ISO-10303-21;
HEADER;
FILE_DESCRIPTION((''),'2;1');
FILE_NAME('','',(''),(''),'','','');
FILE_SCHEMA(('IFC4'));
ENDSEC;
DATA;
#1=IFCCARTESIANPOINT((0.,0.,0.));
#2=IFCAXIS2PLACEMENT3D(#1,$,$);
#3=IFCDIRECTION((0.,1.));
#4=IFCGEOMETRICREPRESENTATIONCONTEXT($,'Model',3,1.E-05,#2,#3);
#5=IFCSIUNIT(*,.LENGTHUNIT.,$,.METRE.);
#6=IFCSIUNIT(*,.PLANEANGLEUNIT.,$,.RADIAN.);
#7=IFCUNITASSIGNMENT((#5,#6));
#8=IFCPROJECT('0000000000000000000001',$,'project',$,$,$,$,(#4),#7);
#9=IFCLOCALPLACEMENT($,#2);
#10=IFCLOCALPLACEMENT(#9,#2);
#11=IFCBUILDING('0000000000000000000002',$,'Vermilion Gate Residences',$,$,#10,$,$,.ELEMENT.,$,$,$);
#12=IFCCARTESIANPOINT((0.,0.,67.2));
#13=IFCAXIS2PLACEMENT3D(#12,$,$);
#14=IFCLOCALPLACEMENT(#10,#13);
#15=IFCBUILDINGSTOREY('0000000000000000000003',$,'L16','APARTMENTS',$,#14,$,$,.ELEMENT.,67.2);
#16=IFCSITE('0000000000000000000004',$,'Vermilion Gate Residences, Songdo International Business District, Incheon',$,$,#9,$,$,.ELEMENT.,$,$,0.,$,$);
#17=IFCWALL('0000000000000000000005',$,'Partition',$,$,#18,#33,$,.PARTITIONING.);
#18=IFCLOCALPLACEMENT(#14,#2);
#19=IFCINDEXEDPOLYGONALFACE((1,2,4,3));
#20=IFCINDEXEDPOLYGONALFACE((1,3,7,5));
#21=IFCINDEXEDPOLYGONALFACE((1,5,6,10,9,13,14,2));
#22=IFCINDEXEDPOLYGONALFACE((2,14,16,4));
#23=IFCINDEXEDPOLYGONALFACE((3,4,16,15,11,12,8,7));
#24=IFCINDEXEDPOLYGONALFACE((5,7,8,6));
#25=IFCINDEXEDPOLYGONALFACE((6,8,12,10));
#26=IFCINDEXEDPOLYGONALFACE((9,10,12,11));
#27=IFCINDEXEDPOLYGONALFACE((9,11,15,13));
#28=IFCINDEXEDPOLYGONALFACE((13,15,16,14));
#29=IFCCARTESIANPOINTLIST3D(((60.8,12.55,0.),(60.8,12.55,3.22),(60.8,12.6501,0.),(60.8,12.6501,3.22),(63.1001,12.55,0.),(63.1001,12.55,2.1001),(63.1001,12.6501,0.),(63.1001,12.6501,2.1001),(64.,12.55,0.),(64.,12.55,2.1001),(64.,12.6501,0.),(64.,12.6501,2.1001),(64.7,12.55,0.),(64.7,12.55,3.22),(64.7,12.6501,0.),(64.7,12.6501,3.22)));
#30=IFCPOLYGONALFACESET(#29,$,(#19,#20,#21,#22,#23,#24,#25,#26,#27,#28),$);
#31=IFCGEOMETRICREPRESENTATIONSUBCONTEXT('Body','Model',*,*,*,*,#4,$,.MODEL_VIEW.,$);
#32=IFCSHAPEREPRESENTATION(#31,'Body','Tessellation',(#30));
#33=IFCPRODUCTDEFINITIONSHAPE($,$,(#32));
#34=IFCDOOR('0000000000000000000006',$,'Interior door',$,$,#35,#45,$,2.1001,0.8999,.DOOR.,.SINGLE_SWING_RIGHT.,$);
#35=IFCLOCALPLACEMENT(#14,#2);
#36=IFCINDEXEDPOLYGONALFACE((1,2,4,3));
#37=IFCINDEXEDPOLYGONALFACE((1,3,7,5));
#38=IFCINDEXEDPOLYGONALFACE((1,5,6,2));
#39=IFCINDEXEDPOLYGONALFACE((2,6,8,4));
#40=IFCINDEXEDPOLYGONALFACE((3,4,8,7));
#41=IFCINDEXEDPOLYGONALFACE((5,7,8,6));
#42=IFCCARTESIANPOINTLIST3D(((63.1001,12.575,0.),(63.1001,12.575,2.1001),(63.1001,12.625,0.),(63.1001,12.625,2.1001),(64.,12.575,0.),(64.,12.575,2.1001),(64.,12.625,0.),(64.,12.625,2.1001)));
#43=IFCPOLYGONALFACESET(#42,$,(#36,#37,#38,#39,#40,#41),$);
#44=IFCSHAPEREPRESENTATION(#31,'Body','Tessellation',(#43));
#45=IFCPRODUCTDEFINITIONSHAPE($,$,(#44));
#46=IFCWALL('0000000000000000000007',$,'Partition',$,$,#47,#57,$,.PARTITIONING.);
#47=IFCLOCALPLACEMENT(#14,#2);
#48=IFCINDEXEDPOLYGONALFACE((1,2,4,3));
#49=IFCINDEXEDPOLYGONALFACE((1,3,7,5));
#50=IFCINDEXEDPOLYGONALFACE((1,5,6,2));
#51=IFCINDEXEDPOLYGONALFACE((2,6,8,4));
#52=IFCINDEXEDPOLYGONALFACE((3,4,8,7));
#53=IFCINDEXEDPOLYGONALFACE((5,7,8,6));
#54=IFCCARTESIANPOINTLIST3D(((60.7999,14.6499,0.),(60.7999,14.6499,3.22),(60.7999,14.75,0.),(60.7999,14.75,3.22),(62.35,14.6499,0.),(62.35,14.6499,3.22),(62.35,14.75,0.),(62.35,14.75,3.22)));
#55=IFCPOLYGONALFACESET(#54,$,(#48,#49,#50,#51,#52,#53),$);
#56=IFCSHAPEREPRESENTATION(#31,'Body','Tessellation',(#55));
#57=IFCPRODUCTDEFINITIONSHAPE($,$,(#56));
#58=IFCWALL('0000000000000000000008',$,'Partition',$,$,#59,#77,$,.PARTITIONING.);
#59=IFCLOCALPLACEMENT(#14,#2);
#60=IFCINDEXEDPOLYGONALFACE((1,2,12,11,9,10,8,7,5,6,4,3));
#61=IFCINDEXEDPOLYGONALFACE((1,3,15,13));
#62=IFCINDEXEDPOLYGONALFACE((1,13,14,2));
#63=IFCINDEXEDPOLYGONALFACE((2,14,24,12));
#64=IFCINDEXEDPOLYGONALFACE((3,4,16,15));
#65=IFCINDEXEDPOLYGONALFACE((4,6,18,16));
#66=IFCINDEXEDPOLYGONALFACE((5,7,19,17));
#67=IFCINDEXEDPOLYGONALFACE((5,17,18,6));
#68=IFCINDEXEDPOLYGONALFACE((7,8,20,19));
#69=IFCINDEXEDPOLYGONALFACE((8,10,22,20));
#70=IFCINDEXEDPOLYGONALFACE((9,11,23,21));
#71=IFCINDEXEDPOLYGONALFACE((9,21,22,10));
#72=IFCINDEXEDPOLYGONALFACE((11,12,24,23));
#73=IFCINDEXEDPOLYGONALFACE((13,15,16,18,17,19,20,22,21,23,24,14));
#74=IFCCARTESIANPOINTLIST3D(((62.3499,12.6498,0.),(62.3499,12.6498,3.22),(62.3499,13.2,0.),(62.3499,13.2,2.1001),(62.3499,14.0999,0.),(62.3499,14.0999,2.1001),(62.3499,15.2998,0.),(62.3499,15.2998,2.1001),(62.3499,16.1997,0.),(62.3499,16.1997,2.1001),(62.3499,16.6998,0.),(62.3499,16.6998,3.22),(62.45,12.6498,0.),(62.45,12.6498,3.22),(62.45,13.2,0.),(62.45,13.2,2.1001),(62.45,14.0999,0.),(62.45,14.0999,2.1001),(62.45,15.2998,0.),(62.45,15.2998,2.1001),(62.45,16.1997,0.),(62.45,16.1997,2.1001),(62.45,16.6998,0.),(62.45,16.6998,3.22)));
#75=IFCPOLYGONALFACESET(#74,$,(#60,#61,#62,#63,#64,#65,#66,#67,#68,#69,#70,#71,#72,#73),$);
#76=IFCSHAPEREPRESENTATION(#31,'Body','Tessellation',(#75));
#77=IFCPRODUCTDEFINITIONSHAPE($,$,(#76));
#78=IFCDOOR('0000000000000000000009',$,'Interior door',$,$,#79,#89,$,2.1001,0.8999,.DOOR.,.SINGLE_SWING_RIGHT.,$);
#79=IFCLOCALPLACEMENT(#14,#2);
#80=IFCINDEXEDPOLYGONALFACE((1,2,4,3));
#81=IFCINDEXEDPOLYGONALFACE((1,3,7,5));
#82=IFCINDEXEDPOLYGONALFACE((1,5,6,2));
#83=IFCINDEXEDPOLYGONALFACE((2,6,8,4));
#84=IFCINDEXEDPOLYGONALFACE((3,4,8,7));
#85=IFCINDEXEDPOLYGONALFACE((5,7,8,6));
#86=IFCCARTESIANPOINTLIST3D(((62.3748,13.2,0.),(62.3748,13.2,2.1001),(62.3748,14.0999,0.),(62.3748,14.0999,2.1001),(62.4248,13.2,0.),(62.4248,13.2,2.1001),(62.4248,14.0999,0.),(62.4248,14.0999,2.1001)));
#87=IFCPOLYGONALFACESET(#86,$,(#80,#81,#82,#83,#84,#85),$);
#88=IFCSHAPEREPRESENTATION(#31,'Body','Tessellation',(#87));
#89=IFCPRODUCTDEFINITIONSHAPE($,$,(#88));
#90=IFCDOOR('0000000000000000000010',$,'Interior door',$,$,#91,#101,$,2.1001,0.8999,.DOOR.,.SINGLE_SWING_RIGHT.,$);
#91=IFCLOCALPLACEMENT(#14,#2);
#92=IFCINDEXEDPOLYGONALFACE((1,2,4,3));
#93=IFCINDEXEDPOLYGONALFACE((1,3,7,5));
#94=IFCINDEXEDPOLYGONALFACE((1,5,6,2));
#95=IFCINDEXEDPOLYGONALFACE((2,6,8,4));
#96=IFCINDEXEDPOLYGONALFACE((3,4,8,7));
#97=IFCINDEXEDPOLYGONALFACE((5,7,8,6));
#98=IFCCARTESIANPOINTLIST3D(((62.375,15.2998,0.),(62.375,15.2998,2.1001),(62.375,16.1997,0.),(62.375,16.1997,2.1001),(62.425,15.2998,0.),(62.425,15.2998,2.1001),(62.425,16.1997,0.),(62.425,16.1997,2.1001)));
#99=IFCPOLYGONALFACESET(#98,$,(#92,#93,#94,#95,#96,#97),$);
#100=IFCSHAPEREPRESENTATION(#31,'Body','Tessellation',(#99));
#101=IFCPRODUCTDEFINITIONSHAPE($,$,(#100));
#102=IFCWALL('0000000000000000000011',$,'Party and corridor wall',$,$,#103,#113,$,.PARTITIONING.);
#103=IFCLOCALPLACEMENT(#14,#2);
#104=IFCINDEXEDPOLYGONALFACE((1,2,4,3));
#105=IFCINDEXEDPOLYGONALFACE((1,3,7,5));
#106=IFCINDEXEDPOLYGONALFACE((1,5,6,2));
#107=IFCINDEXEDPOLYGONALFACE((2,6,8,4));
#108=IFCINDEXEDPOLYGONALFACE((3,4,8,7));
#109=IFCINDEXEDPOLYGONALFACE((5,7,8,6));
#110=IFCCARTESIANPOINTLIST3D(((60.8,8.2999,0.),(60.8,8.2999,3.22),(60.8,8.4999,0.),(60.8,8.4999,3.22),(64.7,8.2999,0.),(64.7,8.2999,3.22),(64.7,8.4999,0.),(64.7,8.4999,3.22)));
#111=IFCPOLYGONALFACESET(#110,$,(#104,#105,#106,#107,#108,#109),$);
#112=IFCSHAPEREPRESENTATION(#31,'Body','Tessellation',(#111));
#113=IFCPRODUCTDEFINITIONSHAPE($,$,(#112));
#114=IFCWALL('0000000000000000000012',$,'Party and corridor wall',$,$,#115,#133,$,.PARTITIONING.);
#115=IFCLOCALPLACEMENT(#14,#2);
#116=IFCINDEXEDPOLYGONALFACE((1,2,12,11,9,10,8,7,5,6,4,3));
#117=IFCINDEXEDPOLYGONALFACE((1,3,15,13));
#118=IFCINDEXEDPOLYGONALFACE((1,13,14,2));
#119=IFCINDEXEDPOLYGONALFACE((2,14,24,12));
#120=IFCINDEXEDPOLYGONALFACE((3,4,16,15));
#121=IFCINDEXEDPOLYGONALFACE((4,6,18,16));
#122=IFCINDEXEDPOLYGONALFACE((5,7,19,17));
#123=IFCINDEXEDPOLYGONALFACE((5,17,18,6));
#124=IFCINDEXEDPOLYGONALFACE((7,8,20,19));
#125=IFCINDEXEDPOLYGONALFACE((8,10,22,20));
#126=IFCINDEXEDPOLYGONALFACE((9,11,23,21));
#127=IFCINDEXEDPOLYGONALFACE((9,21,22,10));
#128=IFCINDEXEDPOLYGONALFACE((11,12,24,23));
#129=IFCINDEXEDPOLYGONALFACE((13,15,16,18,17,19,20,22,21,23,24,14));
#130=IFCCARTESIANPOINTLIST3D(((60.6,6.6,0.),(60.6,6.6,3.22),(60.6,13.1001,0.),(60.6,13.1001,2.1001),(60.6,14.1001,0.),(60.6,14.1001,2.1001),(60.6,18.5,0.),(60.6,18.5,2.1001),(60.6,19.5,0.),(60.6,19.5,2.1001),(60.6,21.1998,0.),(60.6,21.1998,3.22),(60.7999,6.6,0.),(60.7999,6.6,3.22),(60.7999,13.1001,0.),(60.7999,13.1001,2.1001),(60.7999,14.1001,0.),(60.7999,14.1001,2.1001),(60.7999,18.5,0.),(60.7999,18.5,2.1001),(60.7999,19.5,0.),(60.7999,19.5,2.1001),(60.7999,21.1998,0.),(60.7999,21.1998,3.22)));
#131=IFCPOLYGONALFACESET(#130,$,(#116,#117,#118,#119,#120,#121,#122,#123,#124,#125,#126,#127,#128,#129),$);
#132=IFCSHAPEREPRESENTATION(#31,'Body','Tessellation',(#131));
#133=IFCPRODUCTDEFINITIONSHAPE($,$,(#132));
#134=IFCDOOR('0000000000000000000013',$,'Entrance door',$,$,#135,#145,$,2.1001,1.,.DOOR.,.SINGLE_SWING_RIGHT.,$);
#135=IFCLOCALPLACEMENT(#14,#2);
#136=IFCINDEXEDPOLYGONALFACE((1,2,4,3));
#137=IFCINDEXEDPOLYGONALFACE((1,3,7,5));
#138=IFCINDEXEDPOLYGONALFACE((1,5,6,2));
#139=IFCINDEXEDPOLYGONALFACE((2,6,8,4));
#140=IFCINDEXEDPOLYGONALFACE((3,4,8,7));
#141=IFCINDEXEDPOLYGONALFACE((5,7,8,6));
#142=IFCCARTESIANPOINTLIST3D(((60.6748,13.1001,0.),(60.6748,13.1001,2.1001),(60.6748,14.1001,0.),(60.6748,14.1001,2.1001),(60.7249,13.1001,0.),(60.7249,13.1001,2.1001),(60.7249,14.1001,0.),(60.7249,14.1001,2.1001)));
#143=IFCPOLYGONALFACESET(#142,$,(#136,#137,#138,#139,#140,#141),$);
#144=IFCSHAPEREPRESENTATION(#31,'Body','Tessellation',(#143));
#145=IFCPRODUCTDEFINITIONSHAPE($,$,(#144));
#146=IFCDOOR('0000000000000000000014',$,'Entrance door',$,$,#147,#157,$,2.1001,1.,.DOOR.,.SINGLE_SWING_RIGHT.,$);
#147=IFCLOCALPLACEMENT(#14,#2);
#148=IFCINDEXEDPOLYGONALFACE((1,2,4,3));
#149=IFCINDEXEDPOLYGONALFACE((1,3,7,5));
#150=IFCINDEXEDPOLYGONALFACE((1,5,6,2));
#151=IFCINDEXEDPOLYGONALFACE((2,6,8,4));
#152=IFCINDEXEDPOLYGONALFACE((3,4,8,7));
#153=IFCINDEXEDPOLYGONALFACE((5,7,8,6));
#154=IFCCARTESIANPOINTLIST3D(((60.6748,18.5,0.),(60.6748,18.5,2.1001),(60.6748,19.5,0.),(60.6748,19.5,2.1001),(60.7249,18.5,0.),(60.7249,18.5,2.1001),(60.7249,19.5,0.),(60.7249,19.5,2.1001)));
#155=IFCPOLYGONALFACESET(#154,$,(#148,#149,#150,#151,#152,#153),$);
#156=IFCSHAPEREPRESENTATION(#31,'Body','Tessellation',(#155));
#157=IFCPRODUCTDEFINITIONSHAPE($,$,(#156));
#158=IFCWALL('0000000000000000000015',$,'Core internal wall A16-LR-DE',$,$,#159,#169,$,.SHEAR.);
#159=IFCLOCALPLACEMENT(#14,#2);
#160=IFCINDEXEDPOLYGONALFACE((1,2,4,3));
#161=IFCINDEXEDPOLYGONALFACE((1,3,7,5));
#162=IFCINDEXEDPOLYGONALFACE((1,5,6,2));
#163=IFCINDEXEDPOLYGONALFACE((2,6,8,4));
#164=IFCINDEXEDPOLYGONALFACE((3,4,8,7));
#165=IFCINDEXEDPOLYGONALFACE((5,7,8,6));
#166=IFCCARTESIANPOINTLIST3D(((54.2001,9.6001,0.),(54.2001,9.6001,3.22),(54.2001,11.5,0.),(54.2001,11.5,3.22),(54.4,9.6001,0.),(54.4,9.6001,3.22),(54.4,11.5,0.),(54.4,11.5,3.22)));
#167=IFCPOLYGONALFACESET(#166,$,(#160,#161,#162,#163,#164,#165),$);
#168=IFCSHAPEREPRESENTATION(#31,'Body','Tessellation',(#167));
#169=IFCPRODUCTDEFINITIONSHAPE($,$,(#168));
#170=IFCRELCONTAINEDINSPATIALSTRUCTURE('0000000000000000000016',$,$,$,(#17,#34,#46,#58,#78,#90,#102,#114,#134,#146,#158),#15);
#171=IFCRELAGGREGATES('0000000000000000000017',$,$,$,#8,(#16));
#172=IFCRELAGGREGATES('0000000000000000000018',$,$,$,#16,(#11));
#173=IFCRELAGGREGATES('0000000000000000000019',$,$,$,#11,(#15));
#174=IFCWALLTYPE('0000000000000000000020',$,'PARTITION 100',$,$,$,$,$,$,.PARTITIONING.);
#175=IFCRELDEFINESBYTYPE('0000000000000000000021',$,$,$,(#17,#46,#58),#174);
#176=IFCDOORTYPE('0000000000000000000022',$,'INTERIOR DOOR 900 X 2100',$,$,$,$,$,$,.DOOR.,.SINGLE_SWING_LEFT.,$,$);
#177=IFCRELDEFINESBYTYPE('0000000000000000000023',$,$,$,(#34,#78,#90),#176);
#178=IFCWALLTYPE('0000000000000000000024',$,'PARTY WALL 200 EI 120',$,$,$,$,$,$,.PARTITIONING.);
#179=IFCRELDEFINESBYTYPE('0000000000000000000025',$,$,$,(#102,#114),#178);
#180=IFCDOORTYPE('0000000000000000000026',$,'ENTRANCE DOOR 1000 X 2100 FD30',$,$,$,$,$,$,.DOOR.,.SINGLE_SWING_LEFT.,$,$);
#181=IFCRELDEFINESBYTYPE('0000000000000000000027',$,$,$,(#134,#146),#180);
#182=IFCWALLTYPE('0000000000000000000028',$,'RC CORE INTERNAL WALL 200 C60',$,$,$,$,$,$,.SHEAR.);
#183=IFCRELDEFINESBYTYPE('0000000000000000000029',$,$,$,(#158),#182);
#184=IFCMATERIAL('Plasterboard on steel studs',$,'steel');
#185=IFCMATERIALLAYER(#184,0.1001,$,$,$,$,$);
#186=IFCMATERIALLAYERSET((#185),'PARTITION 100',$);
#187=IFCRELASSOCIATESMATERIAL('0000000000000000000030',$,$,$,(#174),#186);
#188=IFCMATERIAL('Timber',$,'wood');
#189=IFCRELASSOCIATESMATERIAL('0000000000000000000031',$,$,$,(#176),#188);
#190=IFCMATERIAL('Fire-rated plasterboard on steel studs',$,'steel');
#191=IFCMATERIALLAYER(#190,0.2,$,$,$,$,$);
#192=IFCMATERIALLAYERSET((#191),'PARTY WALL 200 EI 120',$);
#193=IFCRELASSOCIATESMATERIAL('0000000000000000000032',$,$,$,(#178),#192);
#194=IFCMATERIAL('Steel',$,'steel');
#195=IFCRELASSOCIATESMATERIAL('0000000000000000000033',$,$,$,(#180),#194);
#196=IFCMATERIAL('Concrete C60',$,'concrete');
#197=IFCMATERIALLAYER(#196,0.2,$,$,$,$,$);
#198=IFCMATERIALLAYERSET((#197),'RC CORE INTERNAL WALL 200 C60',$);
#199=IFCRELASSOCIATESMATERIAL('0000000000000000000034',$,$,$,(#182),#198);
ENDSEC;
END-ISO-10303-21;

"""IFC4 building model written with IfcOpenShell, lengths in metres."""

from ifc_helpers import new_model, si_unit, direction, frame, frame_2d, origin, place, context, subcontext, project, spatial, rectangle, extrude, material, layer, layer_set, type_object, element, fill, save


model = new_model("IFC4")

# Units and contexts
model_context = context("Model", 3, precision=1e-05, world=origin(), true_north=direction((0.0, 1.0)))
body_context = subcontext(model_context, "Body", "Model", "MODEL_VIEW")
ifc_project = project(units=[si_unit("LENGTHUNIT", "METRE"), si_unit("PLANEANGLEUNIT", "RADIAN")], contexts=[model_context])

# Site, building, storey
site_placement = place(None, origin())
site = spatial("IfcSite", under=ifc_project, at=site_placement, Name="Vermilion Gate Residences, Songdo International Business District, Incheon", CompositionType="ELEMENT", RefElevation=0.0)
building_placement = place(site_placement, origin())
building = spatial("IfcBuilding", under=site, at=building_placement, Name="Vermilion Gate Residences", CompositionType="ELEMENT")
storey_placement = place(building_placement, frame((0.0, 0.0, 67.2)))
storey = spatial("IfcBuildingStorey", under=building, at=storey_placement, Name="L16", Description="APARTMENTS", CompositionType="ELEMENT", Elevation=67.2)

# Wall, opening, door
ifc_material_1 = material(Name="Plasterboard on steel studs", Category="steel")
ifc_layer_1 = layer(ifc_material_1, 0.1001)
ifc_layer_set_1 = layer_set([ifc_layer_1], Name="PARTITION 100")
wall_type_1 = type_object("IfcWallType", Name="PARTITION 100", PredefinedType="PARTITIONING", material=ifc_layer_set_1)
wall_1_placement = place(storey_placement, frame((60.8, 12.6001, 0.0), z_axis=(0.0, 0.0, 1.0), x_axis=(1.0, 0.0, 0.0)))
wall_1 = element("IfcWall", 1, at=wall_1_placement, inside=storey, type_object=wall_type_1, Name="Partition", PredefinedType="PARTITIONING", context=body_context, shape_type="SweptSolid", body=[
    extrude(rectangle(XDim=3.8999, YDim=0.1001, at=frame_2d((1.95, 0.0))), origin(), (0.0, 0.0, 1.0), 3.22),
])
opening_1_placement = place(wall_1_placement, frame((2.3, 0.0, 0.0)))
opening_1 = element("IfcOpeningElement", 2, at=opening_1_placement, cuts=wall_1, PredefinedType="OPENING", context=body_context, shape_type="SweptSolid", body=[
    extrude(rectangle(XDim=0.8999, YDim=2.1001, at=frame_2d((0.45, 1.05))), frame((0.0, 0.0601, 0.0), z_axis=(0.0, -1.0, 0.0), x_axis=(1.0, 0.0, 0.0)), (0.0, 0.0, 1.0), 0.1201),
])
ifc_material_2 = material(Name="Timber", Category="wood")
door_type_1 = type_object("IfcDoorType", Name="INTERIOR DOOR 900 X 2100", OperationType="SINGLE_SWING_LEFT", PredefinedType="DOOR", material=ifc_material_2)
door_1_placement = place(opening_1_placement, origin())
door_1 = element("IfcDoor", 3, at=door_1_placement, inside=storey, type_object=door_type_1, Name="Interior door", OperationType="SINGLE_SWING_RIGHT", OverallHeight=2.1001, OverallWidth=0.8999, PredefinedType="DOOR", context=body_context, shape_type="SweptSolid", body=[
    extrude(rectangle(XDim=0.8999, YDim=2.1001, at=frame_2d((0.45, 1.05))), frame((0.0, 0.0249, 0.0), z_axis=(0.0, -1.0, 0.0), x_axis=(1.0, 0.0, 0.0)), (0.0, 0.0, 1.0), 0.05),
])
fill(opening_1, door_1)

# Wall
wall_2_placement = place(storey_placement, frame((60.8, 14.7, 0.0), z_axis=(0.0, 0.0, 1.0), x_axis=(1.0, 0.0, 0.0)))
element("IfcWall", 4, at=wall_2_placement, inside=storey, type_object=wall_type_1, Name="Partition", PredefinedType="PARTITIONING", context=body_context, shape_type="SweptSolid", body=[
    extrude(rectangle(XDim=1.55, YDim=0.1001, at=frame_2d((0.7749, 0.0))), origin(), (0.0, 0.0, 1.0), 3.22),
])

# Wall, openings, doors
wall_3_placement = place(storey_placement, frame((62.3999, 12.6499, 0.0), z_axis=(0.0, 0.0, 1.0), x_axis=(0.0, 1.0, 0.0)))
wall_3 = element("IfcWall", 5, at=wall_3_placement, inside=storey, type_object=wall_type_1, Name="Partition", PredefinedType="PARTITIONING", context=body_context, shape_type="SweptSolid", body=[
    extrude(rectangle(XDim=4.05, YDim=0.1001, at=frame_2d((2.0249, 0.0))), origin(), (0.0, 0.0, 1.0), 3.22),
])
opening_2_placement = place(wall_3_placement, frame((0.55, 0.0, 0.0)))
opening_2 = element("IfcOpeningElement", 6, at=opening_2_placement, cuts=wall_3, PredefinedType="OPENING", context=body_context, shape_type="SweptSolid", body=[
    extrude(rectangle(XDim=0.8999, YDim=2.1001, at=frame_2d((0.45, 1.05))), frame((0.0, 0.0601, 0.0), z_axis=(0.0, -1.0, 0.0), x_axis=(1.0, 0.0, 0.0)), (0.0, 0.0, 1.0), 0.1201),
])
opening_3_placement = place(wall_3_placement, frame((2.6499, 0.0, 0.0)))
opening_3 = element("IfcOpeningElement", 7, at=opening_3_placement, cuts=wall_3, PredefinedType="OPENING", context=body_context, shape_type="SweptSolid", body=[
    extrude(rectangle(XDim=0.8999, YDim=2.1001, at=frame_2d((0.45, 1.05))), frame((0.0, 0.0601, 0.0), z_axis=(0.0, -1.0, 0.0), x_axis=(1.0, 0.0, 0.0)), (0.0, 0.0, 1.0), 0.1201),
])
door_2_placement = place(opening_2_placement, frame((0.8999, 0.0, 0.0), z_axis=(0.0, 0.0, 1.0), x_axis=(-1.0, 0.0, 0.0)))
door_2 = element("IfcDoor", 8, at=door_2_placement, inside=storey, type_object=door_type_1, Name="Interior door", OperationType="SINGLE_SWING_RIGHT", OverallHeight=2.1001, OverallWidth=0.8999, PredefinedType="DOOR", context=body_context, shape_type="SweptSolid", body=[
    extrude(rectangle(XDim=0.8999, YDim=2.1001, at=frame_2d((0.45, 1.05))), frame((0.0, 0.0249, 0.0), z_axis=(0.0, -1.0, 0.0), x_axis=(1.0, 0.0, 0.0)), (0.0, 0.0, 1.0), 0.05),
])
fill(opening_2, door_2)
door_3_placement = place(opening_3_placement, origin())
door_3 = element("IfcDoor", 9, at=door_3_placement, inside=storey, type_object=door_type_1, Name="Interior door", OperationType="SINGLE_SWING_RIGHT", OverallHeight=2.1001, OverallWidth=0.8999, PredefinedType="DOOR", context=body_context, shape_type="SweptSolid", body=[
    extrude(rectangle(XDim=0.8999, YDim=2.1001, at=frame_2d((0.45, 1.05))), frame((0.0, 0.0249, 0.0), z_axis=(0.0, -1.0, 0.0), x_axis=(1.0, 0.0, 0.0)), (0.0, 0.0, 1.0), 0.05),
])
fill(opening_3, door_3)

# Wall
ifc_material_3 = material(Name="Fire-rated plasterboard on steel studs", Category="steel")
ifc_layer_2 = layer(ifc_material_3, 0.2)
ifc_layer_set_2 = layer_set([ifc_layer_2], Name="PARTY WALL 200 EI 120")
wall_type_2 = type_object("IfcWallType", Name="PARTY WALL 200 EI 120", PredefinedType="PARTITIONING", material=ifc_layer_set_2)
wall_4_placement = place(storey_placement, frame((60.8, 8.3999, 0.0), z_axis=(0.0, 0.0, 1.0), x_axis=(1.0, 0.0, 0.0)))
element("IfcWall", 10, at=wall_4_placement, inside=storey, type_object=wall_type_2, Name="Party and corridor wall", PredefinedType="PARTITIONING", context=body_context, shape_type="SweptSolid", body=[
    extrude(rectangle(XDim=3.8999, YDim=0.2, at=frame_2d((1.95, 0.0))), origin(), (0.0, 0.0, 1.0), 3.22),
])

# Wall, openings, doors
wall_5_placement = place(storey_placement, frame((60.7, 6.6001, 0.0), z_axis=(0.0, 0.0, 1.0), x_axis=(0.0, 1.0, 0.0)))
wall_5 = element("IfcWall", 11, at=wall_5_placement, inside=storey, type_object=wall_type_2, Name="Party and corridor wall", PredefinedType="PARTITIONING", context=body_context, shape_type="SweptSolid", body=[
    extrude(rectangle(XDim=14.5999, YDim=0.2, at=frame_2d((7.2998, 0.0))), origin(), (0.0, 0.0, 1.0), 3.22),
])
opening_4_placement = place(wall_5_placement, frame((6.5, 0.0, 0.0)))
opening_4 = element("IfcOpeningElement", 12, at=opening_4_placement, cuts=wall_5, PredefinedType="OPENING", context=body_context, shape_type="SweptSolid", body=[
    extrude(rectangle(XDim=1.0, YDim=2.1001, at=frame_2d((0.5, 1.05))), frame((0.0, 0.1099, 0.0), z_axis=(0.0, -1.0, 0.0), x_axis=(1.0, 0.0, 0.0)), (0.0, 0.0, 1.0), 0.22),
])
opening_5_placement = place(wall_5_placement, frame((11.8999, 0.0, 0.0)))
opening_5 = element("IfcOpeningElement", 13, at=opening_5_placement, cuts=wall_5, PredefinedType="OPENING", context=body_context, shape_type="SweptSolid", body=[
    extrude(rectangle(XDim=1.0, YDim=2.1001, at=frame_2d((0.5, 1.05))), frame((0.0, 0.1099, 0.0), z_axis=(0.0, -1.0, 0.0), x_axis=(1.0, 0.0, 0.0)), (0.0, 0.0, 1.0), 0.22),
])
ifc_material_4 = material(Name="Steel", Category="steel")
door_type_2 = type_object("IfcDoorType", Name="ENTRANCE DOOR 1000 X 2100 FD30", OperationType="SINGLE_SWING_LEFT", PredefinedType="DOOR", material=ifc_material_4)
door_4_placement = place(opening_4_placement, frame((1.0, 0.0, 0.0), z_axis=(0.0, 0.0, 1.0), x_axis=(-1.0, 0.0, 0.0)))
door_4 = element("IfcDoor", 14, at=door_4_placement, inside=storey, type_object=door_type_2, Name="Entrance door", OperationType="SINGLE_SWING_RIGHT", OverallHeight=2.1001, OverallWidth=1.0, PredefinedType="DOOR", context=body_context, shape_type="SweptSolid", body=[
    extrude(rectangle(XDim=1.0, YDim=2.1001, at=frame_2d((0.5, 1.05))), frame((0.0, 0.0249, 0.0), z_axis=(0.0, -1.0, 0.0), x_axis=(1.0, 0.0, 0.0)), (0.0, 0.0, 1.0), 0.05),
])
fill(opening_4, door_4)
door_5_placement = place(opening_5_placement, frame((1.0, 0.0, 0.0), z_axis=(0.0, 0.0, 1.0), x_axis=(-1.0, 0.0, 0.0)))
door_5 = element("IfcDoor", 15, at=door_5_placement, inside=storey, type_object=door_type_2, Name="Entrance door", OperationType="SINGLE_SWING_RIGHT", OverallHeight=2.1001, OverallWidth=1.0, PredefinedType="DOOR", context=body_context, shape_type="SweptSolid", body=[
    extrude(rectangle(XDim=1.0, YDim=2.1001, at=frame_2d((0.5, 1.05))), frame((0.0, 0.0249, 0.0), z_axis=(0.0, -1.0, 0.0), x_axis=(1.0, 0.0, 0.0)), (0.0, 0.0, 1.0), 0.05),
])
fill(opening_5, door_5)

# Wall
ifc_material_5 = material(Name="Concrete C60", Category="concrete")
ifc_layer_3 = layer(ifc_material_5, 0.2)
ifc_layer_set_3 = layer_set([ifc_layer_3], Name="RC CORE INTERNAL WALL 200 C60")
wall_type_3 = type_object("IfcWallType", Name="RC CORE INTERNAL WALL 200 C60", PredefinedType="SHEAR", material=ifc_layer_set_3)
wall_6_placement = place(storey_placement, frame((54.3, 9.6001, 0.0), z_axis=(0.0, 0.0, 1.0), x_axis=(0.0, 1.0, 0.0)))
element("IfcWall", 16, at=wall_6_placement, inside=storey, type_object=wall_type_3, Name="Core internal wall A16-LR-DE", PredefinedType="SHEAR", context=body_context, shape_type="SweptSolid", body=[
    extrude(rectangle(XDim=1.8999, YDim=0.2, at=frame_2d((0.95, 0.0))), origin(), (0.0, 0.0, 1.0), 3.22),
])

save(model, "model.ifc")
